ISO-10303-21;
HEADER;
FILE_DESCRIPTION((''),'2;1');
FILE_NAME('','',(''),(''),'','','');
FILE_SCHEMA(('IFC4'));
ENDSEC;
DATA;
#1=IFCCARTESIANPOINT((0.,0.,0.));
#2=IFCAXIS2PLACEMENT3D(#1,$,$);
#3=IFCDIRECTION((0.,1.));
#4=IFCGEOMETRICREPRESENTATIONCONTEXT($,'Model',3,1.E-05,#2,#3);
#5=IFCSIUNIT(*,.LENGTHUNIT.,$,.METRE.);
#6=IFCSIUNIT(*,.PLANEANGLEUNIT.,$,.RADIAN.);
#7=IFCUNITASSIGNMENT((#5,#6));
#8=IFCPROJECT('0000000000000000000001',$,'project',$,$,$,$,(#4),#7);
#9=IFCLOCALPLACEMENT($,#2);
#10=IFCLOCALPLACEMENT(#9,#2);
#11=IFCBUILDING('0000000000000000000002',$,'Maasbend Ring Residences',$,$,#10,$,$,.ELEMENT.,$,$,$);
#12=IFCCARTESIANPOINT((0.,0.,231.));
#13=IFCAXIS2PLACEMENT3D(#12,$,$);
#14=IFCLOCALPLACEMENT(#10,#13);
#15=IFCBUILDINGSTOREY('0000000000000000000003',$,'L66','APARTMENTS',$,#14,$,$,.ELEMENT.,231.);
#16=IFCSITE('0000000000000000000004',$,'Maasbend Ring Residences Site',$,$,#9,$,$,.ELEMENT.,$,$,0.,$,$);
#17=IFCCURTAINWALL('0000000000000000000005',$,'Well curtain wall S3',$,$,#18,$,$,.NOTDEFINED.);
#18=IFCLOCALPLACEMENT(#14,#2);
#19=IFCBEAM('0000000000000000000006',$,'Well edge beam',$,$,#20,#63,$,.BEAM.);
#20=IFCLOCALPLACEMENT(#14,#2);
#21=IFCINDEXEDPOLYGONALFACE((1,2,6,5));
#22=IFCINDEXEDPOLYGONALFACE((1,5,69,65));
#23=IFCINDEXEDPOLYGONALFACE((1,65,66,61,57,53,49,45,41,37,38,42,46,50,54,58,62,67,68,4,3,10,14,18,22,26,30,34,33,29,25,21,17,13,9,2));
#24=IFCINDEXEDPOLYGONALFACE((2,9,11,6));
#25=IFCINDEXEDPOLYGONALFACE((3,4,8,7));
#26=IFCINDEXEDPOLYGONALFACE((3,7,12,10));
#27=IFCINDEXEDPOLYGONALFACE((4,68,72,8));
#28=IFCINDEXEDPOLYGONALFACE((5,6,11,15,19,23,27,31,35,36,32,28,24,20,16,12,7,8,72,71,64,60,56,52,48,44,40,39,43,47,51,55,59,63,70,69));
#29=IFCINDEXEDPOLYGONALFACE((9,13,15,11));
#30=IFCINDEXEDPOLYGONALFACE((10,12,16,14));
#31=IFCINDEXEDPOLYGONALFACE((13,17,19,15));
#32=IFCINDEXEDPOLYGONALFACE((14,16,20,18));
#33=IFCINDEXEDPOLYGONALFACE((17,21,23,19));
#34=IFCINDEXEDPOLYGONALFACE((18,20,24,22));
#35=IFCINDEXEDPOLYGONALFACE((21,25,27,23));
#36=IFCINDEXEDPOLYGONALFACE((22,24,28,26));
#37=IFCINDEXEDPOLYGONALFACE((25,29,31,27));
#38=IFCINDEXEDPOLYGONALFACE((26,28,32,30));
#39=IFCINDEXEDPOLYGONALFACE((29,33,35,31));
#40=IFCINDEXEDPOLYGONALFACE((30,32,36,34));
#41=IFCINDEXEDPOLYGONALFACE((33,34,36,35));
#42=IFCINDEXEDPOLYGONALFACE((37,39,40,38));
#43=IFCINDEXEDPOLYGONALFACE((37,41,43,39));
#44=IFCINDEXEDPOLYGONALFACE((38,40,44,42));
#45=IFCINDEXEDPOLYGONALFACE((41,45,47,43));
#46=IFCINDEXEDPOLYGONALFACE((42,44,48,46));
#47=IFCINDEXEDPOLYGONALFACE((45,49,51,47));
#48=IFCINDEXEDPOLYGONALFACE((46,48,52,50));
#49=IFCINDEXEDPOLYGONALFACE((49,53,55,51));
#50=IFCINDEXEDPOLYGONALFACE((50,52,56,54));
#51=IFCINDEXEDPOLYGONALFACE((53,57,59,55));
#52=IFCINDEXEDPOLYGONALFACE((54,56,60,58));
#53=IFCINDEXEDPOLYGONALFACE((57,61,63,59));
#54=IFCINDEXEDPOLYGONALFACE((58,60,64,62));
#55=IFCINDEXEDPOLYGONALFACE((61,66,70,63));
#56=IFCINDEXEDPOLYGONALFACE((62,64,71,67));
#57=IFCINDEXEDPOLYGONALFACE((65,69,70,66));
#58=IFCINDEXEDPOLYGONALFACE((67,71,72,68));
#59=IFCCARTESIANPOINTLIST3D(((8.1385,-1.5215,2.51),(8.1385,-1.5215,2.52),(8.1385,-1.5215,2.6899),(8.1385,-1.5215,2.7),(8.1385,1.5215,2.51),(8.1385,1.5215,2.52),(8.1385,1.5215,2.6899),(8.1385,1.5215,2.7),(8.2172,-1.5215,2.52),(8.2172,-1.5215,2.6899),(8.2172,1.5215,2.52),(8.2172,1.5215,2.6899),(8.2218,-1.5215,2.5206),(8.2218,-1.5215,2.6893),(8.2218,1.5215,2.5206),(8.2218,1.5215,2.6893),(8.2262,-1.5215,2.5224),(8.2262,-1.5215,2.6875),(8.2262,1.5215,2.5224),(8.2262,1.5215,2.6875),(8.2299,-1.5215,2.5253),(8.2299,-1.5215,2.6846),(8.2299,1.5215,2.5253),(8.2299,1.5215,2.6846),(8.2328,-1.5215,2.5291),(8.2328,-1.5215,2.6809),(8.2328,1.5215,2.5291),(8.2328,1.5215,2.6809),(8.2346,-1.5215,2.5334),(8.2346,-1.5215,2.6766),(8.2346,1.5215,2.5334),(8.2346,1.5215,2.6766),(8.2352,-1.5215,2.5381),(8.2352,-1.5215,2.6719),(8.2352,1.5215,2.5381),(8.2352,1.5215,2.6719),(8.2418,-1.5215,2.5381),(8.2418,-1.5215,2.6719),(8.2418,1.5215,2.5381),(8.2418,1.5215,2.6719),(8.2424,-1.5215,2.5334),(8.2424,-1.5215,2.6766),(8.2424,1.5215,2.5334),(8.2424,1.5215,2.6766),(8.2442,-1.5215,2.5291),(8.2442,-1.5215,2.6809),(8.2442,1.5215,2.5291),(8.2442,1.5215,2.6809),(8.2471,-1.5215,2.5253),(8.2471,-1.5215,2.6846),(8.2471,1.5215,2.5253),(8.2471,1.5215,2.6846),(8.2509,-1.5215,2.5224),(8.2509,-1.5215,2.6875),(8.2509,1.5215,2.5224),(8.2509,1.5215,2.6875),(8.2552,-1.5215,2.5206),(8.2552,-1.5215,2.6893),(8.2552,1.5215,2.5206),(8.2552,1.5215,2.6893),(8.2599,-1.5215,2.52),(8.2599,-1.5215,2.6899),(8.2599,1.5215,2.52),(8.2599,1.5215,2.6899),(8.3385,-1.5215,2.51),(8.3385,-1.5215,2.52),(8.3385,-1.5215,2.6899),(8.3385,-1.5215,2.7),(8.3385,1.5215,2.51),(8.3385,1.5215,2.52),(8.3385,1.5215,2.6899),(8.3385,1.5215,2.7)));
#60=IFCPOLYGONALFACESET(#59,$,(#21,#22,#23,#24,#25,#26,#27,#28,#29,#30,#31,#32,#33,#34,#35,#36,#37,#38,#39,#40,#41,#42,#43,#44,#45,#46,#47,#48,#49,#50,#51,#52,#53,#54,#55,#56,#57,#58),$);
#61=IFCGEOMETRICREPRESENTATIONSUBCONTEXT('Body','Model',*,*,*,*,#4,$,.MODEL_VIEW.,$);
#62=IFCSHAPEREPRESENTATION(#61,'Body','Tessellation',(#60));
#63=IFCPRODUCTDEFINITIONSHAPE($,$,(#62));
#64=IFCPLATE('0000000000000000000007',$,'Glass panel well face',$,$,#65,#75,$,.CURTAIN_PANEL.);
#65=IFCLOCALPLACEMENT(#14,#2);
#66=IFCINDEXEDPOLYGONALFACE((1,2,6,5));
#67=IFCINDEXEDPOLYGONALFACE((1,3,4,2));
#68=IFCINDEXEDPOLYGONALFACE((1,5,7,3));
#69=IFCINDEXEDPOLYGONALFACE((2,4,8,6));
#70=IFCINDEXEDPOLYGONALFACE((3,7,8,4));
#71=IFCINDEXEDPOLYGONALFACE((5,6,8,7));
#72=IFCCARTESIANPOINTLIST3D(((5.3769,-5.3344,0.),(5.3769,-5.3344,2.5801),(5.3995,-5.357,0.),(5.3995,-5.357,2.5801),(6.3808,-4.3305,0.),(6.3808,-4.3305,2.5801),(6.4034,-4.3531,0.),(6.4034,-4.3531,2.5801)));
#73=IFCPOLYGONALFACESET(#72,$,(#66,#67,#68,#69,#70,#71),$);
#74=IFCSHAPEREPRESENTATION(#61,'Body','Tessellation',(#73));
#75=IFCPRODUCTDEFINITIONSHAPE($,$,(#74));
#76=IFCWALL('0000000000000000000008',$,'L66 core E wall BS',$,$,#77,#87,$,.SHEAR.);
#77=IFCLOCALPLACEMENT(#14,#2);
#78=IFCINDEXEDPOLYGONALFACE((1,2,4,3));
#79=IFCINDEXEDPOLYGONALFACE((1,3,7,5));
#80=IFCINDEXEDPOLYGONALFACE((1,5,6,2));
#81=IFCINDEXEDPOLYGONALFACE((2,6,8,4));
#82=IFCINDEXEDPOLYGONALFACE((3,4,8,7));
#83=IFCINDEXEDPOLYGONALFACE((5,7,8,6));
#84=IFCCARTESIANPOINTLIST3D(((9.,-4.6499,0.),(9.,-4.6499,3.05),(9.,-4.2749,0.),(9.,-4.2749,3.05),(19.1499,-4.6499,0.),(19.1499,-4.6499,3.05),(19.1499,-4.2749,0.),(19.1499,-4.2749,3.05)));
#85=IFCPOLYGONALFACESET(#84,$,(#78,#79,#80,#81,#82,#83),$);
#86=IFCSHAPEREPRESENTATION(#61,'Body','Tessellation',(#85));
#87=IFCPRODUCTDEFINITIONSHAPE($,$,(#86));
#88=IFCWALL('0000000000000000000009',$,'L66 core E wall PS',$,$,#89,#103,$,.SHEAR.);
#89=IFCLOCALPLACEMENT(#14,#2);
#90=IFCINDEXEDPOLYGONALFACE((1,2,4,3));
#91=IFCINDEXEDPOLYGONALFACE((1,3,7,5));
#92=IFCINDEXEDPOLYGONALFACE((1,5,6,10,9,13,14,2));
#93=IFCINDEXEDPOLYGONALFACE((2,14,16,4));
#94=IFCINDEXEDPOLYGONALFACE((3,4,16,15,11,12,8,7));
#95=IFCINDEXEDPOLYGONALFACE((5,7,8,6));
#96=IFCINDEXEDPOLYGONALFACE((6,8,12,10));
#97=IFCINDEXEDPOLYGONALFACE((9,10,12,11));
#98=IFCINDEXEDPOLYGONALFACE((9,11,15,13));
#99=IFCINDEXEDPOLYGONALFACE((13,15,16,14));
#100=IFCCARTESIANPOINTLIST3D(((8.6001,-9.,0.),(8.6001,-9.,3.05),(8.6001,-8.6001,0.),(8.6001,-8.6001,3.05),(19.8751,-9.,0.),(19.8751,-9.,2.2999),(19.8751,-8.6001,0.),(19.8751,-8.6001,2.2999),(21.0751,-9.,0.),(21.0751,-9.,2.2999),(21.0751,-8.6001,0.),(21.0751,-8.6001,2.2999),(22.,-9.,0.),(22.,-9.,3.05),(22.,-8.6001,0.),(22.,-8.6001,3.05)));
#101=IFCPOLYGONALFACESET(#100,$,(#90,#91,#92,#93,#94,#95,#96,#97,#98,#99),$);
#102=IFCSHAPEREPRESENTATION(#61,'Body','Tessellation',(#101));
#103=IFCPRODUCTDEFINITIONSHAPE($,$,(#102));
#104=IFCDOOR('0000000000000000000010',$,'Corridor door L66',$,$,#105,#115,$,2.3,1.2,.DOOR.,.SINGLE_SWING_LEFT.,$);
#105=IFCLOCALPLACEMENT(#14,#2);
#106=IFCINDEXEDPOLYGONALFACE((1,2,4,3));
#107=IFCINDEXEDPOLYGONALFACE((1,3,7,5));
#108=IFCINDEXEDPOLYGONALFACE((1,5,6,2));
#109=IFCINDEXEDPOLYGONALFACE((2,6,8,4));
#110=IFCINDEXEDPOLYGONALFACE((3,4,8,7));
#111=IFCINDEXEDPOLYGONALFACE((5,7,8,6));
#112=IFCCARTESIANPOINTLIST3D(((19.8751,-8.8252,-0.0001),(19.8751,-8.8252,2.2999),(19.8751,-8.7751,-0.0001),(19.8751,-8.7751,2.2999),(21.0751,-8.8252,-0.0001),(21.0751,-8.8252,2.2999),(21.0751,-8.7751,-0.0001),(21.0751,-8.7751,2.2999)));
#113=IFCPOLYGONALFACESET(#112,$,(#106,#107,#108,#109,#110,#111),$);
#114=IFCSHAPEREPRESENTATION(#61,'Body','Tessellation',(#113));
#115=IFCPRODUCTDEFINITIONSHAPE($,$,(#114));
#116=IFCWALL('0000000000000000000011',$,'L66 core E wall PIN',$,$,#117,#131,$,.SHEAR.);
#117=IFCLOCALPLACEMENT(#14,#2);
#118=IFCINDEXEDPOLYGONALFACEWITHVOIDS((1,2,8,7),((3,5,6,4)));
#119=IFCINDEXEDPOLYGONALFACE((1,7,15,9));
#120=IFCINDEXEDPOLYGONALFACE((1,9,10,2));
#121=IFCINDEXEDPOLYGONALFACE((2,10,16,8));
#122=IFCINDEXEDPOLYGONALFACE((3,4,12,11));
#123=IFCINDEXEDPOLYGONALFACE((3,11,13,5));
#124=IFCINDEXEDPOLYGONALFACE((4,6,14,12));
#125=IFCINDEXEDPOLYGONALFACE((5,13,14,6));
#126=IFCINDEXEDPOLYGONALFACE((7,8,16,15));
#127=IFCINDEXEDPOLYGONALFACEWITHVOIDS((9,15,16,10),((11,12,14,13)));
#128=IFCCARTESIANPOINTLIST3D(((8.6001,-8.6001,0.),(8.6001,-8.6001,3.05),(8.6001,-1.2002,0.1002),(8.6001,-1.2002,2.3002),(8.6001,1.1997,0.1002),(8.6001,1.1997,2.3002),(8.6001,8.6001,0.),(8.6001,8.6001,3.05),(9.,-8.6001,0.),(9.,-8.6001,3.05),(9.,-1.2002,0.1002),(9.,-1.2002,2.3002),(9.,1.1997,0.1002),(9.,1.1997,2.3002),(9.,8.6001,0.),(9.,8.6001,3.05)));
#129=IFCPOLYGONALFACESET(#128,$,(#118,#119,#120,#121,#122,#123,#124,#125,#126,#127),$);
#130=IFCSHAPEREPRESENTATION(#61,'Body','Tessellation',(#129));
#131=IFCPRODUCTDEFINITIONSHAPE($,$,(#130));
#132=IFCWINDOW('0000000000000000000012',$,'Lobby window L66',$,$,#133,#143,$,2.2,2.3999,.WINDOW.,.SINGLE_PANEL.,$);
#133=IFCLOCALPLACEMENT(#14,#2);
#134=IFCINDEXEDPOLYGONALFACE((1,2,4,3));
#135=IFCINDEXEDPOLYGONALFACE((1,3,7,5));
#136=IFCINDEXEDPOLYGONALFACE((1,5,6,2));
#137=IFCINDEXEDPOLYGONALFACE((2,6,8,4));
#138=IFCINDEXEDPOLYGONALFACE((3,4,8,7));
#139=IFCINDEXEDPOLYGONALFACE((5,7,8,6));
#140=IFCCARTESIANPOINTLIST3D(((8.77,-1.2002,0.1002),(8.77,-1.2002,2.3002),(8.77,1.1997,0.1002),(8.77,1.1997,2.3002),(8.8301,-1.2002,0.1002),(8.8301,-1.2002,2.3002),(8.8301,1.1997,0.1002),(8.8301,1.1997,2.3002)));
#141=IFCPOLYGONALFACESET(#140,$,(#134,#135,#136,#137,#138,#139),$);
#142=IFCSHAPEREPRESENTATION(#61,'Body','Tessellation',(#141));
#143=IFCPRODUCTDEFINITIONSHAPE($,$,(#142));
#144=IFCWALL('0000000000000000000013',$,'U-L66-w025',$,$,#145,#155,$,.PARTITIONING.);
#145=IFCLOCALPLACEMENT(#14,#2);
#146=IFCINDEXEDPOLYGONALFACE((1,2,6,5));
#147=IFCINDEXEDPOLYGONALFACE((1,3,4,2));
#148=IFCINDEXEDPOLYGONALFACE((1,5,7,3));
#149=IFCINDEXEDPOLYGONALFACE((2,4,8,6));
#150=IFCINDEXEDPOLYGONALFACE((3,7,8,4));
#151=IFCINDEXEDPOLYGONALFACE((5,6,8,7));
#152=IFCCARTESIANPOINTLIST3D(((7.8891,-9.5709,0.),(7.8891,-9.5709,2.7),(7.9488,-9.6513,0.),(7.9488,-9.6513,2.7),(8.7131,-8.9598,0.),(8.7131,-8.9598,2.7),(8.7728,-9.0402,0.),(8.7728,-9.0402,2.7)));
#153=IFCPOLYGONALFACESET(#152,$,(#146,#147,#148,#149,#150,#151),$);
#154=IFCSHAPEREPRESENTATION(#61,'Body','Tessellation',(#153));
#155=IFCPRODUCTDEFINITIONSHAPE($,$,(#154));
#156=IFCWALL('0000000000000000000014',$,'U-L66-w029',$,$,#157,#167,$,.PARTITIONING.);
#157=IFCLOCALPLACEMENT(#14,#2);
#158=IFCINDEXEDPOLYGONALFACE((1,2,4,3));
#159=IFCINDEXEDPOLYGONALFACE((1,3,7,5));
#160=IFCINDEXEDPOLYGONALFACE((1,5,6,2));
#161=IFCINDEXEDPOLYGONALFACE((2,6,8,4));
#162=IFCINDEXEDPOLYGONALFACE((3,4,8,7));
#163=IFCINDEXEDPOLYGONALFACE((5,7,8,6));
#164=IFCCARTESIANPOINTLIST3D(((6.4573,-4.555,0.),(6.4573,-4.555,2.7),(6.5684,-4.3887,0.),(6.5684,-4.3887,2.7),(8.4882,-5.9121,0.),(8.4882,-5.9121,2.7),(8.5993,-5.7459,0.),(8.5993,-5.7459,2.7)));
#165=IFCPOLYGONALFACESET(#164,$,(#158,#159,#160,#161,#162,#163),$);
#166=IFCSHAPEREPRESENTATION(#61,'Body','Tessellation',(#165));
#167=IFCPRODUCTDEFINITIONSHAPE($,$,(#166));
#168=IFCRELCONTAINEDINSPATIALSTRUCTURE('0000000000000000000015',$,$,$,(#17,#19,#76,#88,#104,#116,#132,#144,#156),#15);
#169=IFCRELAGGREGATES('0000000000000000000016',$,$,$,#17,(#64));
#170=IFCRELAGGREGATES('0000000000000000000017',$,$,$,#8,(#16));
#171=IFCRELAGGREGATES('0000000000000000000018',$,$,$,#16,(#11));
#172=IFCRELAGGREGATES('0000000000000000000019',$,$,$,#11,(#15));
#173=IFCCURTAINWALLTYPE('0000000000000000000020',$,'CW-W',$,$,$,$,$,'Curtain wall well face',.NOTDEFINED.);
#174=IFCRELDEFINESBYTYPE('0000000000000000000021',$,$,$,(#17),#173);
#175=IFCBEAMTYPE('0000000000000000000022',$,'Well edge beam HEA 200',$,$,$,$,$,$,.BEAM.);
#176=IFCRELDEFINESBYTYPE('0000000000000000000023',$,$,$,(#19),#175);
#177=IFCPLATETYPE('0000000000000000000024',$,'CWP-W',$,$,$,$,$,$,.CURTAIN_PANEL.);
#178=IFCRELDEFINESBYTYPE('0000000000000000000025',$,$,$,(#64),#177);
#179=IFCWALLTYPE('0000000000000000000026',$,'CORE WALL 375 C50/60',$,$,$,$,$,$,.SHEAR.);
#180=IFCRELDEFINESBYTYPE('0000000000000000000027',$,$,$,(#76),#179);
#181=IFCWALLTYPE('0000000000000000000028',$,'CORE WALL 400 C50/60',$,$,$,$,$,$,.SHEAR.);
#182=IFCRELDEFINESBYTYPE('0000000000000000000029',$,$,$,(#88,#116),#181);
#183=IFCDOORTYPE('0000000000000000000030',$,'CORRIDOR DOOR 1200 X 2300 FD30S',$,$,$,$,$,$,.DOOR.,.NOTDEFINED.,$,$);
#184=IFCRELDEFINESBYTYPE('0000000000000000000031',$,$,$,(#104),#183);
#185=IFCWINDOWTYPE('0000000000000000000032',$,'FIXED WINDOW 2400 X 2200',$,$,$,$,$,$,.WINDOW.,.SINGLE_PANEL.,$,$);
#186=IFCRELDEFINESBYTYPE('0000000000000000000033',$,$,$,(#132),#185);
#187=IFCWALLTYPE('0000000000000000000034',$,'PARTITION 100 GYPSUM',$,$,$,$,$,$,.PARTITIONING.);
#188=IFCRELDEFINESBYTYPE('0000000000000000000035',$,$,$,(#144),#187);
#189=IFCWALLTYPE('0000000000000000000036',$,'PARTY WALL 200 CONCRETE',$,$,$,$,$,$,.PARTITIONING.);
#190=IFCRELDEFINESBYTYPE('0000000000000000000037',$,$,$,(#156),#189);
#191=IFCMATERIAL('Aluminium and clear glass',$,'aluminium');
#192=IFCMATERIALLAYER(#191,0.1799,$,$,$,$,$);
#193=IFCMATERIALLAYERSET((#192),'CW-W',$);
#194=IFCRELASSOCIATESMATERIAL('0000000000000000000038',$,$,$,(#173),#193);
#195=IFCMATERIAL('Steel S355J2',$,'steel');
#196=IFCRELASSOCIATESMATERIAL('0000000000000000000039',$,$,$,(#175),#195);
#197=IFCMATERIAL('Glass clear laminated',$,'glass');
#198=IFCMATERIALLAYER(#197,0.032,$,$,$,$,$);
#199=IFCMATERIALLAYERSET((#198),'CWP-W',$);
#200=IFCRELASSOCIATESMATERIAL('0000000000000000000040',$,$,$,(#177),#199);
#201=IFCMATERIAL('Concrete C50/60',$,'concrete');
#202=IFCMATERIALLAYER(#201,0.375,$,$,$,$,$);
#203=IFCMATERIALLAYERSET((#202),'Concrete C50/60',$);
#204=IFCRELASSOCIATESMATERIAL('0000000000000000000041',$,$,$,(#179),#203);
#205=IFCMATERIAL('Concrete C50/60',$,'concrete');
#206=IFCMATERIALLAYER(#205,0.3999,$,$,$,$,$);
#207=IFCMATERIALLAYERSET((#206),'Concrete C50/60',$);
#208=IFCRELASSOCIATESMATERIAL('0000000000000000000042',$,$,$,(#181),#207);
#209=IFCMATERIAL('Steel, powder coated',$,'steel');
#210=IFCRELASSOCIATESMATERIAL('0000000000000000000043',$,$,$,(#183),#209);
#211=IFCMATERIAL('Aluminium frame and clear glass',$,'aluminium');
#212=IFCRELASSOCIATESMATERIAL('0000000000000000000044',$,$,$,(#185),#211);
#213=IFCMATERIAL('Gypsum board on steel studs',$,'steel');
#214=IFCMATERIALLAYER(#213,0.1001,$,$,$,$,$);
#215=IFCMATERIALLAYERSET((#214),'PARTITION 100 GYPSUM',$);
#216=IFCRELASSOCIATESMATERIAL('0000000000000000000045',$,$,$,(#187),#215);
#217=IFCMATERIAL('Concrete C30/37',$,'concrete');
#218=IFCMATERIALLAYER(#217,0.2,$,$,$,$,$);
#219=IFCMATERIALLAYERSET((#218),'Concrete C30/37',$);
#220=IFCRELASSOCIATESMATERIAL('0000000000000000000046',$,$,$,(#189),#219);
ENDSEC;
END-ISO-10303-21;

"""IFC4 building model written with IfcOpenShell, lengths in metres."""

from ifc_helpers import new_model, si_unit, direction, frame, frame_2d, origin, origin_2d, place, context, subcontext, project, spatial, rectangle, i_section, extrude, material, layer, layer_set, material_profile, profile_set, type_object, element, fill, aggregate, save


model = new_model("IFC4")

# Units and contexts
model_context = context("Model", 3, precision=1e-05, world=origin(), true_north=direction((0.0, 1.0)))
body_context = subcontext(model_context, "Body", "Model", "MODEL_VIEW")
ifc_project = project(units=[si_unit("LENGTHUNIT", "METRE"), si_unit("PLANEANGLEUNIT", "RADIAN")], contexts=[model_context])

# Site, building, storey
site_placement = place(None, origin())
site = spatial("IfcSite", under=ifc_project, at=site_placement, Name="Maasbend Ring Residences Site", CompositionType="ELEMENT", RefElevation=0.0)
building_placement = place(site_placement, origin())
building = spatial("IfcBuilding", under=site, at=building_placement, Name="Maasbend Ring Residences", CompositionType="ELEMENT")
storey_placement = place(building_placement, frame((0.0, 0.0, 231.0)))
storey = spatial("IfcBuildingStorey", under=building, at=storey_placement, Name="L66", Description="APARTMENTS", CompositionType="ELEMENT", Elevation=231.0)

# Curtain wall
ifc_material_1 = material(Name="Aluminium and clear glass", Category="aluminium")
ifc_layer_1 = layer(ifc_material_1, 0.1799)
ifc_layer_set_1 = layer_set([ifc_layer_1], Name="CW-W")
curtain_wall_type = type_object("IfcCurtainWallType", Name="CW-W", ElementType="Curtain wall well face", PredefinedType="NOTDEFINED", material=ifc_layer_set_1)
curtain_wall_placement = place(storey_placement, origin())
curtain_wall = element("IfcCurtainWall", 1, at=curtain_wall_placement, inside=storey, type_object=curtain_wall_type, Name="Well curtain wall S3", PredefinedType="NOTDEFINED")

# Beam
ifc_material_2 = material(Name="Steel S355J2", Category="steel")
ifc_material_profile_1 = material_profile(ifc_material_2, i_section(OverallWidth=0.2, OverallDepth=0.1899, WebThickness=0.0066, FlangeThickness=0.01, FilletRadius=0.0181, at=origin_2d()), Name="HEA 200")
ifc_profile_set_1 = profile_set([ifc_material_profile_1], Name="Steel S355J2")
beam_type = type_object("IfcBeamType", Name="Well edge beam HEA 200", PredefinedType="BEAM", material=ifc_profile_set_1)
for number, where, z_axis, x_axis, name in (
    (2, (8.2385, -1.5215, 2.605), (0.0, 1.0, 0.0), (-1.0, 0.0, 0.0), "Well edge beam"),
):
    element("IfcBeam", number, at=place(storey_placement, frame(where, z_axis=z_axis, x_axis=x_axis)), inside=storey, type_object=beam_type, Name=name, PredefinedType="BEAM", context=body_context, shape_type="SweptSolid", body=[
        extrude(i_section(OverallWidth=0.2, OverallDepth=0.1899, WebThickness=0.0066, FlangeThickness=0.01, FilletRadius=0.0181, at=origin_2d()), origin(), (0.0, 0.0, 1.0), 3.043),
    ])

# Plate
ifc_material_3 = material(Name="Glass clear laminated", Category="glass")
ifc_layer_2 = layer(ifc_material_3, 0.032)
ifc_layer_set_2 = layer_set([ifc_layer_2], Name="CWP-W")
plate_type = type_object("IfcPlateType", Name="CWP-W", PredefinedType="CURTAIN_PANEL", material=ifc_layer_set_2)
plate_placement = place(storey_placement, frame((5.8901, -4.8438, 0.0), z_axis=(0.0, 0.0, 1.0), x_axis=(0.707107, 0.707107, 0.0)))
plate = element("IfcPlate", 3, at=plate_placement, type_object=plate_type, Name="Glass panel well face", PredefinedType="CURTAIN_PANEL", context=body_context, shape_type="SweptSolid", body=[
    extrude(rectangle(XDim=1.4197, YDim=0.032, at=origin_2d()), origin(), (0.0, 0.0, 1.0), 2.5801),
])
aggregate(curtain_wall, [plate])

# Wall
ifc_material_4 = material(Name="Concrete C50/60", Category="concrete")
ifc_layer_3 = layer(ifc_material_4, 0.375)
ifc_layer_set_3 = layer_set([ifc_layer_3], Name="Concrete C50/60")
wall_type_1 = type_object("IfcWallType", Name="CORE WALL 375 C50/60", PredefinedType="SHEAR", material=ifc_layer_set_3)
wall_1_placement = place(storey_placement, frame((9.0, -4.4624, 0.0), z_axis=(0.0, 0.0, 1.0), x_axis=(1.0, 0.0, 0.0)))
element("IfcWall", 4, at=wall_1_placement, inside=storey, type_object=wall_type_1, Name="L66 core E wall BS", PredefinedType="SHEAR", context=body_context, shape_type="SweptSolid", body=[
    extrude(rectangle(XDim=10.1499, YDim=0.375, at=frame_2d((5.075, 0.0))), origin(), (0.0, 0.0, 1.0), 3.05),
])

# Wall, opening, door
ifc_material_5 = material(Name="Concrete C50/60", Category="concrete")
ifc_layer_4 = layer(ifc_material_5, 0.3999)
ifc_layer_set_4 = layer_set([ifc_layer_4], Name="Concrete C50/60")
wall_type_2 = type_object("IfcWallType", Name="CORE WALL 400 C50/60", PredefinedType="SHEAR", material=ifc_layer_set_4)
wall_2_placement = place(storey_placement, frame((8.6001, -8.8, 0.0), z_axis=(0.0, 0.0, 1.0), x_axis=(1.0, 0.0, 0.0)))
wall_2 = element("IfcWall", 5, at=wall_2_placement, inside=storey, type_object=wall_type_2, Name="L66 core E wall PS", PredefinedType="SHEAR", context=body_context, shape_type="SweptSolid", body=[
    extrude(rectangle(XDim=13.3999, YDim=0.3999, at=frame_2d((6.7, 0.0))), origin(), (0.0, 0.0, 1.0), 3.05),
])
opening_1_placement = place(wall_2_placement, frame((11.2749, 0.0, 0.0)))
opening_1 = element("IfcOpeningElement", 6, at=opening_1_placement, cuts=wall_2, PredefinedType="OPENING", context=body_context, shape_type="SweptSolid", body=[
    extrude(rectangle(XDim=1.2, YDim=2.3, at=frame_2d((0.6001, 1.1499))), frame((0.0, 0.21, 0.0), z_axis=(0.0, -1.0, 0.0), x_axis=(1.0, 0.0, 0.0)), (0.0, 0.0, 1.0), 0.4199),
])
ifc_material_6 = material(Name="Steel, powder coated", Category="steel")
door_type = type_object("IfcDoorType", Name="CORRIDOR DOOR 1200 X 2300 FD30S", OperationType="NOTDEFINED", PredefinedType="DOOR", material=ifc_material_6)
door_placement = place(opening_1_placement, origin())
door = element("IfcDoor", 7, at=door_placement, inside=storey, type_object=door_type, Name="Corridor door L66", OperationType="SINGLE_SWING_LEFT", OverallHeight=2.3, OverallWidth=1.2, PredefinedType="DOOR", context=body_context, shape_type="SweptSolid", body=[
    extrude(rectangle(XDim=1.2, YDim=2.3, at=frame_2d((0.6001, 1.1499))), frame((0.0, 0.0249, 0.0), z_axis=(0.0, -1.0, 0.0), x_axis=(1.0, 0.0, 0.0)), (0.0, 0.0, 1.0), 0.05),
])
fill(opening_1, door)

# Wall, opening, window
wall_3_placement = place(storey_placement, frame((8.8, -8.6001, 0.0), z_axis=(0.0, 0.0, 1.0), x_axis=(0.0, 1.0, 0.0)))
wall_3 = element("IfcWall", 8, at=wall_3_placement, inside=storey, type_object=wall_type_2, Name="L66 core E wall PIN", PredefinedType="SHEAR", context=body_context, shape_type="SweptSolid", body=[
    extrude(rectangle(XDim=17.2002, YDim=0.3999, at=frame_2d((8.6001, 0.0))), origin(), (0.0, 0.0, 1.0), 3.05),
])
opening_2_placement = place(wall_3_placement, frame((7.3999, 0.0, 0.1001)))
opening_2 = element("IfcOpeningElement", 9, at=opening_2_placement, cuts=wall_3, PredefinedType="OPENING", context=body_context, shape_type="SweptSolid", body=[
    extrude(rectangle(XDim=2.3999, YDim=2.2, at=frame_2d((1.2, 1.1001))), frame((0.0, 0.21, 0.0), z_axis=(0.0, -1.0, 0.0), x_axis=(1.0, 0.0, 0.0)), (0.0, 0.0, 1.0), 0.4199),
])
ifc_material_7 = material(Name="Aluminium frame and clear glass", Category="aluminium")
window_type = type_object("IfcWindowType", Name="FIXED WINDOW 2400 X 2200", PartitioningType="SINGLE_PANEL", PredefinedType="WINDOW", material=ifc_material_7)
window_placement = place(opening_2_placement, origin())
window = element("IfcWindow", 10, at=window_placement, inside=storey, type_object=window_type, Name="Lobby window L66", OverallHeight=2.2, OverallWidth=2.3999, PartitioningType="SINGLE_PANEL", PredefinedType="WINDOW", context=body_context, shape_type="SweptSolid", body=[
    extrude(rectangle(XDim=2.3999, YDim=2.2, at=frame_2d((1.2, 1.1001))), frame((0.0, 0.03, 0.0), z_axis=(0.0, -1.0, 0.0), x_axis=(1.0, 0.0, 0.0)), (0.0, 0.0, 1.0), 0.0601),
])
fill(opening_2, window)

# Walls
ifc_material_8 = material(Name="Gypsum board on steel studs", Category="steel")
ifc_layer_5 = layer(ifc_material_8, 0.1001)
ifc_layer_set_5 = layer_set([ifc_layer_5], Name="PARTITION 100 GYPSUM")
wall_type_3 = type_object("IfcWallType", Name="PARTITION 100 GYPSUM", PredefinedType="PARTITIONING", material=ifc_layer_set_5)
wall_4_placement = place(storey_placement, frame((7.9189, -9.6111, 0.0), z_axis=(0.0, 0.0, 1.0), x_axis=(0.803216, 0.595688, 0.0)))
element("IfcWall", 11, at=wall_4_placement, inside=storey, type_object=wall_type_3, Name="U-L66-w025", PredefinedType="PARTITIONING", context=body_context, shape_type="SweptSolid", body=[
    extrude(rectangle(XDim=1.0259, YDim=0.1001, at=frame_2d((0.5129, 0.0))), origin(), (0.0, 0.0, 1.0), 2.7),
])
ifc_material_9 = material(Name="Concrete C30/37", Category="concrete")
ifc_layer_6 = layer(ifc_material_9, 0.2)
ifc_layer_set_6 = layer_set([ifc_layer_6], Name="Concrete C30/37")
wall_type_4 = type_object("IfcWallType", Name="PARTY WALL 200 CONCRETE", PredefinedType="PARTITIONING", material=ifc_layer_set_6)
wall_5_placement = place(storey_placement, frame((6.5129, -4.4719, 0.0), z_axis=(0.0, 0.0, 1.0), x_axis=(0.83145, -0.555599, 0.0)))
element("IfcWall", 12, at=wall_5_placement, inside=storey, type_object=wall_type_4, Name="U-L66-w029", PredefinedType="PARTITIONING", context=body_context, shape_type="SweptSolid", body=[
    extrude(rectangle(XDim=2.4426, YDim=0.2, at=frame_2d((1.2212, 0.0))), origin(), (0.0, 0.0, 1.0), 2.7),
])

save(model, "model.ifc")
